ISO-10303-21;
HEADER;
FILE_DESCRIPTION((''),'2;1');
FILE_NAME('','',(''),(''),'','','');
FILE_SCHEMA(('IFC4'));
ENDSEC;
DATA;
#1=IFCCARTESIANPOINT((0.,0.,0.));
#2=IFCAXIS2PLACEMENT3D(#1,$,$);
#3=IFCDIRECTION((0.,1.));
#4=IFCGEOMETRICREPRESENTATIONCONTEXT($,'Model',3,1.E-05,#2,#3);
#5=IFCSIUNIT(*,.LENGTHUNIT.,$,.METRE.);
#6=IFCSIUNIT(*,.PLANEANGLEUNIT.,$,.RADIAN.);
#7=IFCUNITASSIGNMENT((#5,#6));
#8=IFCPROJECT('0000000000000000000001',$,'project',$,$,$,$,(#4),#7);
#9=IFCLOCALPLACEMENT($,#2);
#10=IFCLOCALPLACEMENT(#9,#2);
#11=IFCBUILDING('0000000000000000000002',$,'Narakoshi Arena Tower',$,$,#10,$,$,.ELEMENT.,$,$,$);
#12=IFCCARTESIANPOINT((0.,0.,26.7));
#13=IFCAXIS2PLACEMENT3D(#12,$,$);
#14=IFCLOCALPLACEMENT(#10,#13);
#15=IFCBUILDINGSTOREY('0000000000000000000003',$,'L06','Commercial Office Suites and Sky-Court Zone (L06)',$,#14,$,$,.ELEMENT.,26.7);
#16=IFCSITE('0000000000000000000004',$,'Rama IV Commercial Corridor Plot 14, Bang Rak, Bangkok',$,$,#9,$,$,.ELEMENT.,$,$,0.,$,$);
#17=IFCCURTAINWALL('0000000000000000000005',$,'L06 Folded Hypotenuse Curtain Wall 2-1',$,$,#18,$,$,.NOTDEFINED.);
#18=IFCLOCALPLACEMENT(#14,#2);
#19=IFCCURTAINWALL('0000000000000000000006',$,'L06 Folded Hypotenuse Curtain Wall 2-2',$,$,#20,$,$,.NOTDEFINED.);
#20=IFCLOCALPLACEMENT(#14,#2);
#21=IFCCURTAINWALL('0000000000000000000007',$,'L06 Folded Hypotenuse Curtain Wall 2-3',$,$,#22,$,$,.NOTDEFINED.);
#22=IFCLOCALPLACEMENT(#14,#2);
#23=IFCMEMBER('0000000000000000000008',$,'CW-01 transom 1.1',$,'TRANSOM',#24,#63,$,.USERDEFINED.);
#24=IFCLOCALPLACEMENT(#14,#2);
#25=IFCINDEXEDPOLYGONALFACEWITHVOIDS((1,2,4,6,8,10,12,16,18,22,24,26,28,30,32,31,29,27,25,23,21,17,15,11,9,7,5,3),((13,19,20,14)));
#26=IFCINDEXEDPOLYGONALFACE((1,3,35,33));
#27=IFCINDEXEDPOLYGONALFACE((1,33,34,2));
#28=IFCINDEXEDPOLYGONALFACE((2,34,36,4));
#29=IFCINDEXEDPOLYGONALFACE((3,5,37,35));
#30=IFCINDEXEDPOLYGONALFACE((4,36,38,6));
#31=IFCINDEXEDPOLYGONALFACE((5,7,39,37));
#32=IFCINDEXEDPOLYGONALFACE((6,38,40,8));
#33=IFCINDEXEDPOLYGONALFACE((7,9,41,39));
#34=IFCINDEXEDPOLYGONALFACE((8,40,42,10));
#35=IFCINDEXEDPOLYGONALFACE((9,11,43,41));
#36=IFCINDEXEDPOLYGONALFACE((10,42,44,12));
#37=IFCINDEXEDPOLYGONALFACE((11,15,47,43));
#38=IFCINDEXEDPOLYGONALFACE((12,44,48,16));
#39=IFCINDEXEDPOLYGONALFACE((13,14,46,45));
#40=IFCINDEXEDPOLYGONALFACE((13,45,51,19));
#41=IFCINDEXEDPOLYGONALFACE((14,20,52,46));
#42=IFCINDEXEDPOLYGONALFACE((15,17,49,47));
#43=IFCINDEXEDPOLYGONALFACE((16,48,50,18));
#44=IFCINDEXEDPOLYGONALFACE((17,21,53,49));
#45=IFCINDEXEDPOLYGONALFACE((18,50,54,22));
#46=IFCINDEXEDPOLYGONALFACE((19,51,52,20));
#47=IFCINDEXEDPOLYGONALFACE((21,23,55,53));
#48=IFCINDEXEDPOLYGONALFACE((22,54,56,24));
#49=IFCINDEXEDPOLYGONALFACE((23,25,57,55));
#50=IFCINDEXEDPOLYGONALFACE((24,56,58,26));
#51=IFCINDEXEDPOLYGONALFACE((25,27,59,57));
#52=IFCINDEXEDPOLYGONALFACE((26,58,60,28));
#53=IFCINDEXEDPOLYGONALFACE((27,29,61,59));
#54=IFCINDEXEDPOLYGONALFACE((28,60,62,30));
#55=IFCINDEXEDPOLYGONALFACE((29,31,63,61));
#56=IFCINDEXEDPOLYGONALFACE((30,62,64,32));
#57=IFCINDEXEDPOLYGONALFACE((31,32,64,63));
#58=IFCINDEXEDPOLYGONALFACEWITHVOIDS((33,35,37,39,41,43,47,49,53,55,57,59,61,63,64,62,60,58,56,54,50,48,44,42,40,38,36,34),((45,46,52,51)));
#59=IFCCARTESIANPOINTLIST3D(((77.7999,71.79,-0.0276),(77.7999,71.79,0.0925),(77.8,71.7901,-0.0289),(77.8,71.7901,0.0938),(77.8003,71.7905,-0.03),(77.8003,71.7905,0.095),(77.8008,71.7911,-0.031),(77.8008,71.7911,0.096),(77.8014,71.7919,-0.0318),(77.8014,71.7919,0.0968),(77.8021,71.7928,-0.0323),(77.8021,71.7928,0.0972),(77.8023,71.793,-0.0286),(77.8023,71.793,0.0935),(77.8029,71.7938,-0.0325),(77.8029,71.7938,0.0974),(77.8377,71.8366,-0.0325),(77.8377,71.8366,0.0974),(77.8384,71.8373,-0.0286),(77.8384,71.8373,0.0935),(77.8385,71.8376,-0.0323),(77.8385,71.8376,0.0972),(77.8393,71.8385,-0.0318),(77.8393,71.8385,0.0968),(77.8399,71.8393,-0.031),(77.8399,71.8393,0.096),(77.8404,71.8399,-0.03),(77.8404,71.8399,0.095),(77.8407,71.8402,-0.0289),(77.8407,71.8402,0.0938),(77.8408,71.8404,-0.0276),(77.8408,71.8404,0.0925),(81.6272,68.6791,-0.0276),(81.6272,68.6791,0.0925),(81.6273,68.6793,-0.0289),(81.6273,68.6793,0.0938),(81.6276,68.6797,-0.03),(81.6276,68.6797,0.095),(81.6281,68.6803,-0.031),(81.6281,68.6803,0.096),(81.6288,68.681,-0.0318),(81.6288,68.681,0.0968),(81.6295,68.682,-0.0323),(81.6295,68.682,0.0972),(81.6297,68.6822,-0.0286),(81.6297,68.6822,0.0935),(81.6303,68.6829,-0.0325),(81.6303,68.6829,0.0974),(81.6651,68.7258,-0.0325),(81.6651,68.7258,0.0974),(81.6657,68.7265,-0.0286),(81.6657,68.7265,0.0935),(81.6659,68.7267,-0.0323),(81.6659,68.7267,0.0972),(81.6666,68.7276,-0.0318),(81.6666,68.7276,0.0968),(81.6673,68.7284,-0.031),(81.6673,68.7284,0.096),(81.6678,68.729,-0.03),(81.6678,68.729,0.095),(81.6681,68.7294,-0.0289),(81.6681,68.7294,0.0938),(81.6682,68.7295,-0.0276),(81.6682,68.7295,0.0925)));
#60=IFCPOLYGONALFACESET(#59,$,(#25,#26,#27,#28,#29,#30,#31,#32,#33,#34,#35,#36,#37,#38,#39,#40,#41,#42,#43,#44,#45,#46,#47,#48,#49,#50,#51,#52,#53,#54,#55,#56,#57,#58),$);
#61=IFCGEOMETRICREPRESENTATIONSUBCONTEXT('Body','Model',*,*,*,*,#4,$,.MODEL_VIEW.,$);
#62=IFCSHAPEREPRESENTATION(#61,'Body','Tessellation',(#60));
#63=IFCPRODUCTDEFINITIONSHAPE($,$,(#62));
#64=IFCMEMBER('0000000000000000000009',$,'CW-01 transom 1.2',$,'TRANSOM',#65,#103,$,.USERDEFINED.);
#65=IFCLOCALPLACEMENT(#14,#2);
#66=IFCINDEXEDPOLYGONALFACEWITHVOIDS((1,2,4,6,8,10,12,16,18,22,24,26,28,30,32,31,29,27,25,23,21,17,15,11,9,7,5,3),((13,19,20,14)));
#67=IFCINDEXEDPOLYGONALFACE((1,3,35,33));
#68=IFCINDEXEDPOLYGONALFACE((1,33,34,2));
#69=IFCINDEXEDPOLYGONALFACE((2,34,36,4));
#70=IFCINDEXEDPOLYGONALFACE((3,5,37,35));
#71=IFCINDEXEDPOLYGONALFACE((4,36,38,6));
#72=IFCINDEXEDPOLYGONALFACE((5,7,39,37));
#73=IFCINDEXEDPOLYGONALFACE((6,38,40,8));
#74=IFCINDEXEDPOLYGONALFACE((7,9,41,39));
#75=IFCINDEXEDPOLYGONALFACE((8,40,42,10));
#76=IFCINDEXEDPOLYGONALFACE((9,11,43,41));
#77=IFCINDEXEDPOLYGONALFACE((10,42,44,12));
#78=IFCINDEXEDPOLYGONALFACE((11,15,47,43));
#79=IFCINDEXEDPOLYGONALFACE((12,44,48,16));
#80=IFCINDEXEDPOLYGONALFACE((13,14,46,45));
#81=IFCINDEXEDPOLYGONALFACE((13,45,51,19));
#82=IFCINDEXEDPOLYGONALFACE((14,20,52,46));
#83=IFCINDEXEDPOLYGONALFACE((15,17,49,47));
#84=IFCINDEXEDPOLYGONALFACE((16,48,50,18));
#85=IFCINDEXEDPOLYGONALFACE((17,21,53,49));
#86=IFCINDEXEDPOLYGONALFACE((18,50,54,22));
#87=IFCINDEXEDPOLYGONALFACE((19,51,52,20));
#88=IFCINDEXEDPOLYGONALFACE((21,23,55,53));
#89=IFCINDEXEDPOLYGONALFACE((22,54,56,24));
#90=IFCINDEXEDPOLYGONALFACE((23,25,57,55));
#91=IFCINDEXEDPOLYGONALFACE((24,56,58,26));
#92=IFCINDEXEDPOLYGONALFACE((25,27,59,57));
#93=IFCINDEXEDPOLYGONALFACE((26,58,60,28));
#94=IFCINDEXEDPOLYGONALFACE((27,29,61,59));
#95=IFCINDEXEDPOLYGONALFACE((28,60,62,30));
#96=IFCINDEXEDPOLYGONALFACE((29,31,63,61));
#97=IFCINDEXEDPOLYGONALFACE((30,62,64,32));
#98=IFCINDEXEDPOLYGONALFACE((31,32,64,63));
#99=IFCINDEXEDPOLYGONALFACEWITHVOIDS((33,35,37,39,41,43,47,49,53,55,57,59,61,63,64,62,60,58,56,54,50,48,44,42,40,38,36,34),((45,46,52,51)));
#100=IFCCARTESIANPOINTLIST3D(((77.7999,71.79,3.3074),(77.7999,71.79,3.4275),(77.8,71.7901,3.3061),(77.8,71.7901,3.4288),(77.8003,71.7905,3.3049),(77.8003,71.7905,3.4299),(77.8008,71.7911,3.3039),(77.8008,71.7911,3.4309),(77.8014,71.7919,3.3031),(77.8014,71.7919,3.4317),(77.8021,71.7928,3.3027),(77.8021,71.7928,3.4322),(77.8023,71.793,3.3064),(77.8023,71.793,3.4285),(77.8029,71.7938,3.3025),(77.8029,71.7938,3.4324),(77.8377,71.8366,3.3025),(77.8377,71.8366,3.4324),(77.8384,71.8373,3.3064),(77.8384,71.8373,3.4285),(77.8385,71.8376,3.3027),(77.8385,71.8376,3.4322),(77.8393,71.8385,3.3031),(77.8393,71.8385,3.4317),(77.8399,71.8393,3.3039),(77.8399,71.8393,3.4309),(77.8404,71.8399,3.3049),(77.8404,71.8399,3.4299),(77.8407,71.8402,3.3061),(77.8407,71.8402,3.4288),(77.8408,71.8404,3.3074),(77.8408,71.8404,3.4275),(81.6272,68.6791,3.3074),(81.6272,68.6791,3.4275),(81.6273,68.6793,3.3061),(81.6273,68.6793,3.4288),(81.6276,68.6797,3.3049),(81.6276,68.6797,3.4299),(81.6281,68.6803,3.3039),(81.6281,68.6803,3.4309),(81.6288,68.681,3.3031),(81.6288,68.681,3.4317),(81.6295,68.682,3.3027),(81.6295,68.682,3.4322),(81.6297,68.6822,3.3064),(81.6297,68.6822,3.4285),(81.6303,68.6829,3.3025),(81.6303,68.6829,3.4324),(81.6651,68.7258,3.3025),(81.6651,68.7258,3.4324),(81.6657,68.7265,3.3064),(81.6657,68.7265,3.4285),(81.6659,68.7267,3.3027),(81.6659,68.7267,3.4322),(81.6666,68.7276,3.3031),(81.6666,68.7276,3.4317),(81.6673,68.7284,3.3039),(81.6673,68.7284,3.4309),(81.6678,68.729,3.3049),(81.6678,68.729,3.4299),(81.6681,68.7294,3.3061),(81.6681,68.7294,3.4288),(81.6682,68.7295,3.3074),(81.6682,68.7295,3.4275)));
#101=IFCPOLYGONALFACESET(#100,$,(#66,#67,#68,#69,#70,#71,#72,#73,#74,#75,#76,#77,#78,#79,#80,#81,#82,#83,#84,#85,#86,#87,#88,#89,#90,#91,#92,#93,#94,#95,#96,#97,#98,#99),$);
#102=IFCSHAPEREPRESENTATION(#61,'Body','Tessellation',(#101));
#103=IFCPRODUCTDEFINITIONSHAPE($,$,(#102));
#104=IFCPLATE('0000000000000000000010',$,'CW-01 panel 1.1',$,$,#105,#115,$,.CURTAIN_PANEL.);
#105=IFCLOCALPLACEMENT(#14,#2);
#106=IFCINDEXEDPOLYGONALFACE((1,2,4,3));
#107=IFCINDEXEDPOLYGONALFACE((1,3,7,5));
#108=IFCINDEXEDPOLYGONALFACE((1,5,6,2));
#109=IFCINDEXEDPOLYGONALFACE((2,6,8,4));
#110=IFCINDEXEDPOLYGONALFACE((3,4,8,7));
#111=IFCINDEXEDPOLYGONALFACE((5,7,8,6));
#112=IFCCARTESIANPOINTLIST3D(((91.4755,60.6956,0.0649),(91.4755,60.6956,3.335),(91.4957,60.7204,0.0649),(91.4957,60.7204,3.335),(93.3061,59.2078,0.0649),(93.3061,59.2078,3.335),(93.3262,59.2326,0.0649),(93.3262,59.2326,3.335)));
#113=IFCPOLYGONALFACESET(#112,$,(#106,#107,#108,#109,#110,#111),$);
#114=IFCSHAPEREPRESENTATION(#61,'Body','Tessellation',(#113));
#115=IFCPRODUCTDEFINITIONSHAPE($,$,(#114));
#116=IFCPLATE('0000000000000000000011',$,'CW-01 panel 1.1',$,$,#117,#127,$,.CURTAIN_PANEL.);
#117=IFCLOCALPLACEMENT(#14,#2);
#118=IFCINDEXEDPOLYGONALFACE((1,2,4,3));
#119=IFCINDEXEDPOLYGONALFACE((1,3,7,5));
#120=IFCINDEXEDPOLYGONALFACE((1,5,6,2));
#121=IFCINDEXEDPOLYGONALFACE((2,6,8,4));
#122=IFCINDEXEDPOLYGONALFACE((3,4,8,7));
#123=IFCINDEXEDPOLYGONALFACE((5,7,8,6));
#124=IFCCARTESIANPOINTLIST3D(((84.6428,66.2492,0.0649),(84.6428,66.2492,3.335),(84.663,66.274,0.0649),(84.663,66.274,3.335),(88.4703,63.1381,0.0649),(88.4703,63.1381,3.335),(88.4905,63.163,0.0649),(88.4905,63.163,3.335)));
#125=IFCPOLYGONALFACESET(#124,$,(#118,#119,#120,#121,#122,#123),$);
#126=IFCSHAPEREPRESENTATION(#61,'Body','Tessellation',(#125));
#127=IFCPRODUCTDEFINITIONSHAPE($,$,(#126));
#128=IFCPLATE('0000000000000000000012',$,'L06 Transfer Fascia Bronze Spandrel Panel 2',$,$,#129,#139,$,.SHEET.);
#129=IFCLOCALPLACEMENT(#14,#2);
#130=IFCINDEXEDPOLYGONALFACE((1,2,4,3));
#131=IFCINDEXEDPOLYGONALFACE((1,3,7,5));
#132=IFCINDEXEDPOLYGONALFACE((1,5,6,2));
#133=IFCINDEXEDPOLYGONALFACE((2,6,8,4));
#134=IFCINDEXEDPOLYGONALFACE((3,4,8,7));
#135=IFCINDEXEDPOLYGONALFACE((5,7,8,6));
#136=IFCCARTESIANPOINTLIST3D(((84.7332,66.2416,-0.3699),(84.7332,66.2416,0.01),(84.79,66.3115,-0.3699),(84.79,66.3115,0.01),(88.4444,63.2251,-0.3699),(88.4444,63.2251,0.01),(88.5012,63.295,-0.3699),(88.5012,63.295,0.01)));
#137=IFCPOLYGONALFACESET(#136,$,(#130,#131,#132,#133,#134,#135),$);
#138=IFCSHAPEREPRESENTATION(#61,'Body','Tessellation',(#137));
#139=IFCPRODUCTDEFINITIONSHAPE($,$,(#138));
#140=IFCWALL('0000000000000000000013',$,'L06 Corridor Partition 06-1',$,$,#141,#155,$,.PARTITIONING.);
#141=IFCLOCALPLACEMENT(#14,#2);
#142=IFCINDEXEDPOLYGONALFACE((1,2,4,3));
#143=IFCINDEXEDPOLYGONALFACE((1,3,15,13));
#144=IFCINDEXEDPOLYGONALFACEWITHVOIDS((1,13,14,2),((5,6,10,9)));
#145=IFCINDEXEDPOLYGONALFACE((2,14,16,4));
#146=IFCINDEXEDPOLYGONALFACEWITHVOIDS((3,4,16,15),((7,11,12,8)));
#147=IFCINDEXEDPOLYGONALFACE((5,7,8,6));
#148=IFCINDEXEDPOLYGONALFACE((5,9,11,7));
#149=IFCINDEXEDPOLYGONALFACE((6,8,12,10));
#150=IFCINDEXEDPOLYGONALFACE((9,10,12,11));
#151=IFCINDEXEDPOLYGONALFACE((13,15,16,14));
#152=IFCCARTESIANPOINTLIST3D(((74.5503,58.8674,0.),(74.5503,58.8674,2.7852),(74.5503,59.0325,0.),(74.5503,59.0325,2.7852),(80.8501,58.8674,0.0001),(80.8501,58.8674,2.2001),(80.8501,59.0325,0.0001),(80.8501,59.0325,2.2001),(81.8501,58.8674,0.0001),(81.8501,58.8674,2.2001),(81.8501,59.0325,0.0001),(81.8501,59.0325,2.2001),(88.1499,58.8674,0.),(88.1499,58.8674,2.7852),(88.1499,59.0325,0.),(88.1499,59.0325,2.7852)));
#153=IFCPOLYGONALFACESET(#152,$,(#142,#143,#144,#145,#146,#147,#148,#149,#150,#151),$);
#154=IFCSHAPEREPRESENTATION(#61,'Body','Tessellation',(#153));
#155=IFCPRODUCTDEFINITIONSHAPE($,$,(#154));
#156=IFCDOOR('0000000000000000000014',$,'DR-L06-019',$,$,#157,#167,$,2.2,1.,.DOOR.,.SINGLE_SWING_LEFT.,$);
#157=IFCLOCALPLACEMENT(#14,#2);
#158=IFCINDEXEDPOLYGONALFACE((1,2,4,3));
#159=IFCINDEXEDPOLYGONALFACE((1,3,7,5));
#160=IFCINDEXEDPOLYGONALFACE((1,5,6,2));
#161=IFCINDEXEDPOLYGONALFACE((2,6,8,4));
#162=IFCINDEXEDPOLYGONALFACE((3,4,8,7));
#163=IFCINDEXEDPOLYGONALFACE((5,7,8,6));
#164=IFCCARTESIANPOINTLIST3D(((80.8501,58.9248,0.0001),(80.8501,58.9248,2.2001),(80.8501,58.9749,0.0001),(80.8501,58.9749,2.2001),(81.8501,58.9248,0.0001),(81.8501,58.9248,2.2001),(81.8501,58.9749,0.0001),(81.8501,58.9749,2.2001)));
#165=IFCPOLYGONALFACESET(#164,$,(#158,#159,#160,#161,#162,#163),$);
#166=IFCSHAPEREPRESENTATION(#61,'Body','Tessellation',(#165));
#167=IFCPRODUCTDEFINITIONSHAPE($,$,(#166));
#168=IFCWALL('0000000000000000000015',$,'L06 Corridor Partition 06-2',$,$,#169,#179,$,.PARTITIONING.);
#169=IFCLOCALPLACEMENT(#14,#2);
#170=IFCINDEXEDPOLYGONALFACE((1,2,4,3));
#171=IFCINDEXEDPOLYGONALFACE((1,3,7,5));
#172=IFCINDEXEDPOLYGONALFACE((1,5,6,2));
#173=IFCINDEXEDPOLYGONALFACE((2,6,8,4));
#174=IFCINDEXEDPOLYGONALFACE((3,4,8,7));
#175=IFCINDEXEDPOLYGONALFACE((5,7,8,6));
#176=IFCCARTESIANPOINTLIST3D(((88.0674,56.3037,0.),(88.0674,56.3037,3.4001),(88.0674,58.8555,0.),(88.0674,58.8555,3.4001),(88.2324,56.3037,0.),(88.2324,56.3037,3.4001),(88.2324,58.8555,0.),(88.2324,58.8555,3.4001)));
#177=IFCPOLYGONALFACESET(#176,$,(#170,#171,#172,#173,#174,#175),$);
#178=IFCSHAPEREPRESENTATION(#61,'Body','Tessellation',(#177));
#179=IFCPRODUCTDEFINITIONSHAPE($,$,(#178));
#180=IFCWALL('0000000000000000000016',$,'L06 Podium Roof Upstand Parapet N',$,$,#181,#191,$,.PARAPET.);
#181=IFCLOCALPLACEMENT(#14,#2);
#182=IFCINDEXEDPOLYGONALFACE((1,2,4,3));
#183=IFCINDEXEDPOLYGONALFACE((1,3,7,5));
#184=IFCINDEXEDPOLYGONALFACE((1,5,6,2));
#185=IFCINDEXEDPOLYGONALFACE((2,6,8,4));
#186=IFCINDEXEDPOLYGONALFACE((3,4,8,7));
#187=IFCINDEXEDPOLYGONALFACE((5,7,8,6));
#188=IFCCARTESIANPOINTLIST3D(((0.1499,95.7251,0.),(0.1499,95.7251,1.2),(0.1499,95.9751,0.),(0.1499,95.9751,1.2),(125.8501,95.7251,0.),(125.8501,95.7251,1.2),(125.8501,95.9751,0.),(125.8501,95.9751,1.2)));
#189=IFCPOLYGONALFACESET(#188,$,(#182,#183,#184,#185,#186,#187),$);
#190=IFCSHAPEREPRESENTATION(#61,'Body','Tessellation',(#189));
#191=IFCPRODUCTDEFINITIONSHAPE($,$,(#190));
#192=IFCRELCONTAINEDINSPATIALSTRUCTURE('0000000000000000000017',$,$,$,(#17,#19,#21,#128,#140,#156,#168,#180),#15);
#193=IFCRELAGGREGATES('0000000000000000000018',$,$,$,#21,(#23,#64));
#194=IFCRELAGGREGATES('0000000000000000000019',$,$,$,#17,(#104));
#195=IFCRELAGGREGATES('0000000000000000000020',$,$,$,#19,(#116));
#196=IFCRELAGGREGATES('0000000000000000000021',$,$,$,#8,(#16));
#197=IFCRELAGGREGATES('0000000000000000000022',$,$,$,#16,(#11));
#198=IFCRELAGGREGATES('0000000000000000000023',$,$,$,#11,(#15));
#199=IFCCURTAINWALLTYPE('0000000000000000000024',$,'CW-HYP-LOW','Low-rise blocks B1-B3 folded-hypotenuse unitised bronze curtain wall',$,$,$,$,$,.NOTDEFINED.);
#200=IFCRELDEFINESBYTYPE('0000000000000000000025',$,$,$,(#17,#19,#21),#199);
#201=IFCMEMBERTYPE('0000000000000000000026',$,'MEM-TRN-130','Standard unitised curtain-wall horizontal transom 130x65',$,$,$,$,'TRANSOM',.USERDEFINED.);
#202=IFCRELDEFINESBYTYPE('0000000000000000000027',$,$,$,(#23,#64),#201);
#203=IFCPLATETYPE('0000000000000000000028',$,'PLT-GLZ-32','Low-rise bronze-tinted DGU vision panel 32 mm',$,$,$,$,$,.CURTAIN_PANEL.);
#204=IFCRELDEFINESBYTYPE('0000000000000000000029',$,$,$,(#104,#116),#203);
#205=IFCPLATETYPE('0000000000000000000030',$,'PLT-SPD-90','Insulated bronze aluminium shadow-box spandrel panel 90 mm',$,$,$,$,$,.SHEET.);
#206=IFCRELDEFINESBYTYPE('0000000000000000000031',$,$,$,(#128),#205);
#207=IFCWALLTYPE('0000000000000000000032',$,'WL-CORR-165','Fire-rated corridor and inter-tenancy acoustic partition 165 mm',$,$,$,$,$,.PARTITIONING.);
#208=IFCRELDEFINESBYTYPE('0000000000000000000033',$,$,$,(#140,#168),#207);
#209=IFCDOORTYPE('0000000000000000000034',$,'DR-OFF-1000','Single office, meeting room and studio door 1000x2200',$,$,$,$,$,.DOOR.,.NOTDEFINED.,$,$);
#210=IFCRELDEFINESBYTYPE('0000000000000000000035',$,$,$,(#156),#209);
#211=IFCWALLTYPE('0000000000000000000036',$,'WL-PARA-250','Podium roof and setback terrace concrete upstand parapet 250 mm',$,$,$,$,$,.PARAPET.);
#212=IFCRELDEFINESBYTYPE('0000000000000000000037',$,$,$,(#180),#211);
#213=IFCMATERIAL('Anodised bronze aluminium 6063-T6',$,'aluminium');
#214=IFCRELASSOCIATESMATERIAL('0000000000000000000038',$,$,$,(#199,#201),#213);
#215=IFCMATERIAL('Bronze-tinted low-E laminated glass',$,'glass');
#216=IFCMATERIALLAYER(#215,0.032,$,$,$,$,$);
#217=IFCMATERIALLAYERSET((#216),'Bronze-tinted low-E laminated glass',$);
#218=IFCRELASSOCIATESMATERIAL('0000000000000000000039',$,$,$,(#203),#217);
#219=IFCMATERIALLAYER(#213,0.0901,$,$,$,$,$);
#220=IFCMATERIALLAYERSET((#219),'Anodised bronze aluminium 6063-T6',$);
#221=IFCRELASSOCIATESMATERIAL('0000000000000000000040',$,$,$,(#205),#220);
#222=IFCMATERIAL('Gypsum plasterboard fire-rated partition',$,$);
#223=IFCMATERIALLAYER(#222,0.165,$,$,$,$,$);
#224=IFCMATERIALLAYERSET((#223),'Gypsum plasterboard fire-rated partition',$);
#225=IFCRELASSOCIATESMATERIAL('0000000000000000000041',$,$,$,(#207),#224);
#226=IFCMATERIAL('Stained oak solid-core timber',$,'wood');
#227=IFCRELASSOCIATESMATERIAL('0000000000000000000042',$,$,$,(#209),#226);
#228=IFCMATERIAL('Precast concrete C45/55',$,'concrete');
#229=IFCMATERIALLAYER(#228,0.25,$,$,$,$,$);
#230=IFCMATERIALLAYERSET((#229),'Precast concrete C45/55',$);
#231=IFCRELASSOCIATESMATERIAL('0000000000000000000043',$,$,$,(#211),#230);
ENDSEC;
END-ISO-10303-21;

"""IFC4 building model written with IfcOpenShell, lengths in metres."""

from ifc_helpers import new_model, si_unit, direction, frame, frame_2d, origin, origin_2d, place, context, subcontext, project, spatial, rectangle, hollow_rectangle, extrude, material, layer, layer_set, material_profile, profile_set, type_object, element, fill, aggregate, save


model = new_model("IFC4")

# Units and contexts
model_context = context("Model", 3, precision=1e-05, world=origin(), true_north=direction((0.0, 1.0)))
body_context = subcontext(model_context, "Body", "Model", "MODEL_VIEW")
ifc_project = project(units=[si_unit("LENGTHUNIT", "METRE"), si_unit("PLANEANGLEUNIT", "RADIAN")], contexts=[model_context])

# Site, building, storey
site_placement = place(None, origin())
site = spatial("IfcSite", under=ifc_project, at=site_placement, Name="Rama IV Commercial Corridor Plot 14, Bang Rak, Bangkok", CompositionType="ELEMENT", RefElevation=0.0)
building_placement = place(site_placement, origin())
building = spatial("IfcBuilding", under=site, at=building_placement, Name="Narakoshi Arena Tower", CompositionType="ELEMENT")
storey_placement = place(building_placement, frame((0.0, 0.0, 26.7)))
storey = spatial("IfcBuildingStorey", under=building, at=storey_placement, Name="L06", Description="Commercial Office Suites and Sky-Court Zone (L06)", CompositionType="ELEMENT", Elevation=26.7)

# Curtain walls
ifc_material_1 = material(Name="Anodised bronze aluminium 6063-T6", Category="aluminium")
curtain_wall_type = type_object("IfcCurtainWallType", Name="CW-HYP-LOW", Description="Low-rise blocks B1-B3 folded-hypotenuse unitised bronze curtain wall", PredefinedType="NOTDEFINED", material=ifc_material_1)
curtain_wall_1_placement = place(storey_placement, origin())
curtain_wall_1 = element("IfcCurtainWall", 1, at=curtain_wall_1_placement, inside=storey, type_object=curtain_wall_type, Name="L06 Folded Hypotenuse Curtain Wall 2-1", PredefinedType="NOTDEFINED")
curtain_wall_2_placement = place(storey_placement, origin())
curtain_wall_2 = element("IfcCurtainWall", 2, at=curtain_wall_2_placement, inside=storey, type_object=curtain_wall_type, Name="L06 Folded Hypotenuse Curtain Wall 2-2", PredefinedType="NOTDEFINED")

# Curtain wall
curtain_wall_3_placement = place(storey_placement, origin())
curtain_wall_3 = element("IfcCurtainWall", 3, at=curtain_wall_3_placement, inside=storey, type_object=curtain_wall_type, Name="L06 Folded Hypotenuse Curtain Wall 2-3", PredefinedType="NOTDEFINED")

# Members
ifc_material_profile_1 = material_profile(ifc_material_1, hollow_rectangle(XDim=0.0649, YDim=0.1299, WallThickness=0.0039, OuterFilletRadius=0.0049, at=origin_2d()), Name="TRN130x65x4")
ifc_profile_set_1 = profile_set([ifc_material_profile_1], Name="Anodised bronze aluminium 6063-T6")
member_type_1 = type_object("IfcMemberType", Name="MEM-TRN-130", Description="Standard unitised curtain-wall horizontal transom 130x65", ElementType="TRANSOM", PredefinedType="USERDEFINED", material=ifc_profile_set_1)
member_1_placement = place(storey_placement, frame((81.6477, 68.7043, 0.0325), z_axis=(-0.776006, 0.630725, 0.0), x_axis=(-0.630725, -0.776006, 0.0)))
member_1 = element("IfcMember", 4, at=member_1_placement, type_object=member_type_1, Name="CW-01 transom 1.1", ObjectType="TRANSOM", PredefinedType="USERDEFINED", context=body_context, shape_type="SweptSolid", body=[
    extrude(hollow_rectangle(XDim=0.0649, YDim=0.1299, WallThickness=0.0039, OuterFilletRadius=0.0049, at=origin_2d()), origin(), (0.0, 0.0, 1.0), 4.9321),
])
member_2_placement = place(storey_placement, frame((81.6477, 68.7043, 3.3674), z_axis=(-0.776006, 0.630725, 0.0), x_axis=(-0.630725, -0.776006, 0.0)))
member_2 = element("IfcMember", 5, at=member_2_placement, type_object=member_type_1, Name="CW-01 transom 1.2", ObjectType="TRANSOM", PredefinedType="USERDEFINED", context=body_context, shape_type="SweptSolid", body=[
    extrude(hollow_rectangle(XDim=0.0649, YDim=0.1299, WallThickness=0.0039, OuterFilletRadius=0.0049, at=origin_2d()), origin(), (0.0, 0.0, 1.0), 4.9321),
])
aggregate(curtain_wall_3, [member_1, member_2])

# Plates
ifc_material_2 = material(Name="Bronze-tinted low-E laminated glass", Category="glass")
ifc_layer_1 = layer(ifc_material_2, 0.032)
ifc_layer_set_1 = layer_set([ifc_layer_1], Name="Bronze-tinted low-E laminated glass")
plate_type_1 = type_object("IfcPlateType", Name="PLT-GLZ-32", Description="Low-rise bronze-tinted DGU vision panel 32 mm", PredefinedType="CURTAIN_PANEL", material=ifc_layer_set_1)
plate_1_placement = place(storey_placement, frame((92.4009, 59.9641, 0.0649), z_axis=(0.0, 0.0, 1.0), x_axis=(-0.776008, 0.630723, 0.0)))
plate_1 = element("IfcPlate", 6, at=plate_1_placement, type_object=plate_type_1, Name="CW-01 panel 1.1", PredefinedType="CURTAIN_PANEL", context=body_context, shape_type="SweptSolid", body=[
    extrude(rectangle(XDim=2.3589, YDim=0.032, at=origin_2d()), origin(), (0.0, 0.0, 1.0), 3.27),
])
aggregate(curtain_wall_1, [plate_1])
plate_2_placement = place(storey_placement, frame((86.5667, 64.7061, 0.0649), z_axis=(0.0, 0.0, 1.0), x_axis=(-0.775998, 0.630735, 0.0)))
plate_2 = element("IfcPlate", 7, at=plate_2_placement, type_object=plate_type_1, Name="CW-01 panel 1.1", PredefinedType="CURTAIN_PANEL", context=body_context, shape_type="SweptSolid", body=[
    extrude(rectangle(XDim=4.9324, YDim=0.032, at=origin_2d()), origin(), (0.0, 0.0, 1.0), 3.27),
])
aggregate(curtain_wall_2, [plate_2])
ifc_layer_2 = layer(ifc_material_1, 0.0901)
ifc_layer_set_2 = layer_set([ifc_layer_2], Name="Anodised bronze aluminium 6063-T6")
plate_type_2 = type_object("IfcPlateType", Name="PLT-SPD-90", Description="Insulated bronze aluminium shadow-box spandrel panel 90 mm", PredefinedType="SHEET", material=ifc_layer_set_2)
plate_3_placement = place(storey_placement, frame((86.6172, 64.7683, -0.3699), z_axis=(0.0, 0.0, 1.0), x_axis=(-0.776002, 0.63073, 0.0)))
element("IfcPlate", 8, at=plate_3_placement, inside=storey, type_object=plate_type_2, Name="L06 Transfer Fascia Bronze Spandrel Panel 2", PredefinedType="SHEET", context=body_context, shape_type="SweptSolid", body=[
    extrude(rectangle(XDim=4.7825, YDim=0.0901, at=origin_2d()), origin(), (0.0, 0.0, 1.0), 0.3799),
])

# Wall, opening, door
ifc_material_3 = material(Name="Gypsum plasterboard fire-rated partition")
ifc_layer_3 = layer(ifc_material_3, 0.165)
ifc_layer_set_3 = layer_set([ifc_layer_3], Name="Gypsum plasterboard fire-rated partition")
wall_type_1 = type_object("IfcWallType", Name="WL-CORR-165", Description="Fire-rated corridor and inter-tenancy acoustic partition 165 mm", PredefinedType="PARTITIONING", material=ifc_layer_set_3)
wall_1_placement = place(storey_placement, frame((88.1499, 58.95, 0.0), z_axis=(0.0, 0.0, 1.0), x_axis=(-1.0, 0.0, 0.0)))
wall_1 = element("IfcWall", 9, at=wall_1_placement, inside=storey, type_object=wall_type_1, Name="L06 Corridor Partition 06-1", PredefinedType="PARTITIONING", context=body_context, shape_type="SweptSolid", body=[
    extrude(rectangle(XDim=13.5996, YDim=0.165, at=frame_2d((6.7998, 0.0))), origin(), (0.0, 0.0, 1.0), 2.7852),
])
opening_placement = place(wall_1_placement, frame((6.2998, 0.0, 0.0)))
opening = element("IfcOpeningElement", 10, at=opening_placement, cuts=wall_1, PredefinedType="OPENING", context=body_context, shape_type="SweptSolid", body=[
    extrude(rectangle(XDim=1.0, YDim=2.2, at=frame_2d((0.5, 1.1001))), frame((0.0, 0.0925, 0.0), z_axis=(0.0, -1.0, 0.0), x_axis=(1.0, 0.0, 0.0)), (0.0, 0.0, 1.0), 0.1851),
])
ifc_material_4 = material(Name="Stained oak solid-core timber", Category="wood")
door_type = type_object("IfcDoorType", Name="DR-OFF-1000", Description="Single office, meeting room and studio door 1000x2200", OperationType="NOTDEFINED", PredefinedType="DOOR", material=ifc_material_4)
door_placement = place(opening_placement, frame((1.0, 0.0, 0.0), z_axis=(0.0, 0.0, 1.0), x_axis=(-1.0, 0.0, 0.0)))
door = element("IfcDoor", 11, at=door_placement, inside=storey, type_object=door_type, Name="DR-L06-019", OperationType="SINGLE_SWING_LEFT", OverallHeight=2.2, OverallWidth=1.0, PredefinedType="DOOR", context=body_context, shape_type="SweptSolid", body=[
    extrude(rectangle(XDim=1.0, YDim=2.2, at=frame_2d((0.5, 1.1001))), frame((0.0, 0.0249, 0.0), z_axis=(0.0, -1.0, 0.0), x_axis=(1.0, 0.0, 0.0)), (0.0, 0.0, 1.0), 0.05),
])
fill(opening, door)

# Walls
wall_2_placement = place(storey_placement, frame((88.1499, 56.3037, 0.0), z_axis=(0.0, 0.0, 1.0), x_axis=(0.0, 1.0, 0.0)))
element("IfcWall", 12, at=wall_2_placement, inside=storey, type_object=wall_type_1, Name="L06 Corridor Partition 06-2", PredefinedType="PARTITIONING", context=body_context, shape_type="SweptSolid", body=[
    extrude(rectangle(XDim=2.5518, YDim=0.165, at=frame_2d((1.2759, 0.0))), origin(), (0.0, 0.0, 1.0), 3.4001),
])
ifc_material_5 = material(Name="Precast concrete C45/55", Category="concrete")
ifc_layer_4 = layer(ifc_material_5, 0.25)
ifc_layer_set_4 = layer_set([ifc_layer_4], Name="Precast concrete C45/55")
wall_type_2 = type_object("IfcWallType", Name="WL-PARA-250", Description="Podium roof and setback terrace concrete upstand parapet 250 mm", PredefinedType="PARAPET", material=ifc_layer_set_4)
wall_3_placement = place(storey_placement, frame((125.8501, 95.8501, 0.0), z_axis=(0.0, 0.0, 1.0), x_axis=(-1.0, 0.0, 0.0)))
element("IfcWall", 13, at=wall_3_placement, inside=storey, type_object=wall_type_2, Name="L06 Podium Roof Upstand Parapet N", PredefinedType="PARAPET", context=body_context, shape_type="SweptSolid", body=[
    extrude(rectangle(XDim=125.7002, YDim=0.25, at=frame_2d((62.8501, 0.0))), origin(), (0.0, 0.0, 1.0), 1.2),
])

save(model, "model.ifc")
